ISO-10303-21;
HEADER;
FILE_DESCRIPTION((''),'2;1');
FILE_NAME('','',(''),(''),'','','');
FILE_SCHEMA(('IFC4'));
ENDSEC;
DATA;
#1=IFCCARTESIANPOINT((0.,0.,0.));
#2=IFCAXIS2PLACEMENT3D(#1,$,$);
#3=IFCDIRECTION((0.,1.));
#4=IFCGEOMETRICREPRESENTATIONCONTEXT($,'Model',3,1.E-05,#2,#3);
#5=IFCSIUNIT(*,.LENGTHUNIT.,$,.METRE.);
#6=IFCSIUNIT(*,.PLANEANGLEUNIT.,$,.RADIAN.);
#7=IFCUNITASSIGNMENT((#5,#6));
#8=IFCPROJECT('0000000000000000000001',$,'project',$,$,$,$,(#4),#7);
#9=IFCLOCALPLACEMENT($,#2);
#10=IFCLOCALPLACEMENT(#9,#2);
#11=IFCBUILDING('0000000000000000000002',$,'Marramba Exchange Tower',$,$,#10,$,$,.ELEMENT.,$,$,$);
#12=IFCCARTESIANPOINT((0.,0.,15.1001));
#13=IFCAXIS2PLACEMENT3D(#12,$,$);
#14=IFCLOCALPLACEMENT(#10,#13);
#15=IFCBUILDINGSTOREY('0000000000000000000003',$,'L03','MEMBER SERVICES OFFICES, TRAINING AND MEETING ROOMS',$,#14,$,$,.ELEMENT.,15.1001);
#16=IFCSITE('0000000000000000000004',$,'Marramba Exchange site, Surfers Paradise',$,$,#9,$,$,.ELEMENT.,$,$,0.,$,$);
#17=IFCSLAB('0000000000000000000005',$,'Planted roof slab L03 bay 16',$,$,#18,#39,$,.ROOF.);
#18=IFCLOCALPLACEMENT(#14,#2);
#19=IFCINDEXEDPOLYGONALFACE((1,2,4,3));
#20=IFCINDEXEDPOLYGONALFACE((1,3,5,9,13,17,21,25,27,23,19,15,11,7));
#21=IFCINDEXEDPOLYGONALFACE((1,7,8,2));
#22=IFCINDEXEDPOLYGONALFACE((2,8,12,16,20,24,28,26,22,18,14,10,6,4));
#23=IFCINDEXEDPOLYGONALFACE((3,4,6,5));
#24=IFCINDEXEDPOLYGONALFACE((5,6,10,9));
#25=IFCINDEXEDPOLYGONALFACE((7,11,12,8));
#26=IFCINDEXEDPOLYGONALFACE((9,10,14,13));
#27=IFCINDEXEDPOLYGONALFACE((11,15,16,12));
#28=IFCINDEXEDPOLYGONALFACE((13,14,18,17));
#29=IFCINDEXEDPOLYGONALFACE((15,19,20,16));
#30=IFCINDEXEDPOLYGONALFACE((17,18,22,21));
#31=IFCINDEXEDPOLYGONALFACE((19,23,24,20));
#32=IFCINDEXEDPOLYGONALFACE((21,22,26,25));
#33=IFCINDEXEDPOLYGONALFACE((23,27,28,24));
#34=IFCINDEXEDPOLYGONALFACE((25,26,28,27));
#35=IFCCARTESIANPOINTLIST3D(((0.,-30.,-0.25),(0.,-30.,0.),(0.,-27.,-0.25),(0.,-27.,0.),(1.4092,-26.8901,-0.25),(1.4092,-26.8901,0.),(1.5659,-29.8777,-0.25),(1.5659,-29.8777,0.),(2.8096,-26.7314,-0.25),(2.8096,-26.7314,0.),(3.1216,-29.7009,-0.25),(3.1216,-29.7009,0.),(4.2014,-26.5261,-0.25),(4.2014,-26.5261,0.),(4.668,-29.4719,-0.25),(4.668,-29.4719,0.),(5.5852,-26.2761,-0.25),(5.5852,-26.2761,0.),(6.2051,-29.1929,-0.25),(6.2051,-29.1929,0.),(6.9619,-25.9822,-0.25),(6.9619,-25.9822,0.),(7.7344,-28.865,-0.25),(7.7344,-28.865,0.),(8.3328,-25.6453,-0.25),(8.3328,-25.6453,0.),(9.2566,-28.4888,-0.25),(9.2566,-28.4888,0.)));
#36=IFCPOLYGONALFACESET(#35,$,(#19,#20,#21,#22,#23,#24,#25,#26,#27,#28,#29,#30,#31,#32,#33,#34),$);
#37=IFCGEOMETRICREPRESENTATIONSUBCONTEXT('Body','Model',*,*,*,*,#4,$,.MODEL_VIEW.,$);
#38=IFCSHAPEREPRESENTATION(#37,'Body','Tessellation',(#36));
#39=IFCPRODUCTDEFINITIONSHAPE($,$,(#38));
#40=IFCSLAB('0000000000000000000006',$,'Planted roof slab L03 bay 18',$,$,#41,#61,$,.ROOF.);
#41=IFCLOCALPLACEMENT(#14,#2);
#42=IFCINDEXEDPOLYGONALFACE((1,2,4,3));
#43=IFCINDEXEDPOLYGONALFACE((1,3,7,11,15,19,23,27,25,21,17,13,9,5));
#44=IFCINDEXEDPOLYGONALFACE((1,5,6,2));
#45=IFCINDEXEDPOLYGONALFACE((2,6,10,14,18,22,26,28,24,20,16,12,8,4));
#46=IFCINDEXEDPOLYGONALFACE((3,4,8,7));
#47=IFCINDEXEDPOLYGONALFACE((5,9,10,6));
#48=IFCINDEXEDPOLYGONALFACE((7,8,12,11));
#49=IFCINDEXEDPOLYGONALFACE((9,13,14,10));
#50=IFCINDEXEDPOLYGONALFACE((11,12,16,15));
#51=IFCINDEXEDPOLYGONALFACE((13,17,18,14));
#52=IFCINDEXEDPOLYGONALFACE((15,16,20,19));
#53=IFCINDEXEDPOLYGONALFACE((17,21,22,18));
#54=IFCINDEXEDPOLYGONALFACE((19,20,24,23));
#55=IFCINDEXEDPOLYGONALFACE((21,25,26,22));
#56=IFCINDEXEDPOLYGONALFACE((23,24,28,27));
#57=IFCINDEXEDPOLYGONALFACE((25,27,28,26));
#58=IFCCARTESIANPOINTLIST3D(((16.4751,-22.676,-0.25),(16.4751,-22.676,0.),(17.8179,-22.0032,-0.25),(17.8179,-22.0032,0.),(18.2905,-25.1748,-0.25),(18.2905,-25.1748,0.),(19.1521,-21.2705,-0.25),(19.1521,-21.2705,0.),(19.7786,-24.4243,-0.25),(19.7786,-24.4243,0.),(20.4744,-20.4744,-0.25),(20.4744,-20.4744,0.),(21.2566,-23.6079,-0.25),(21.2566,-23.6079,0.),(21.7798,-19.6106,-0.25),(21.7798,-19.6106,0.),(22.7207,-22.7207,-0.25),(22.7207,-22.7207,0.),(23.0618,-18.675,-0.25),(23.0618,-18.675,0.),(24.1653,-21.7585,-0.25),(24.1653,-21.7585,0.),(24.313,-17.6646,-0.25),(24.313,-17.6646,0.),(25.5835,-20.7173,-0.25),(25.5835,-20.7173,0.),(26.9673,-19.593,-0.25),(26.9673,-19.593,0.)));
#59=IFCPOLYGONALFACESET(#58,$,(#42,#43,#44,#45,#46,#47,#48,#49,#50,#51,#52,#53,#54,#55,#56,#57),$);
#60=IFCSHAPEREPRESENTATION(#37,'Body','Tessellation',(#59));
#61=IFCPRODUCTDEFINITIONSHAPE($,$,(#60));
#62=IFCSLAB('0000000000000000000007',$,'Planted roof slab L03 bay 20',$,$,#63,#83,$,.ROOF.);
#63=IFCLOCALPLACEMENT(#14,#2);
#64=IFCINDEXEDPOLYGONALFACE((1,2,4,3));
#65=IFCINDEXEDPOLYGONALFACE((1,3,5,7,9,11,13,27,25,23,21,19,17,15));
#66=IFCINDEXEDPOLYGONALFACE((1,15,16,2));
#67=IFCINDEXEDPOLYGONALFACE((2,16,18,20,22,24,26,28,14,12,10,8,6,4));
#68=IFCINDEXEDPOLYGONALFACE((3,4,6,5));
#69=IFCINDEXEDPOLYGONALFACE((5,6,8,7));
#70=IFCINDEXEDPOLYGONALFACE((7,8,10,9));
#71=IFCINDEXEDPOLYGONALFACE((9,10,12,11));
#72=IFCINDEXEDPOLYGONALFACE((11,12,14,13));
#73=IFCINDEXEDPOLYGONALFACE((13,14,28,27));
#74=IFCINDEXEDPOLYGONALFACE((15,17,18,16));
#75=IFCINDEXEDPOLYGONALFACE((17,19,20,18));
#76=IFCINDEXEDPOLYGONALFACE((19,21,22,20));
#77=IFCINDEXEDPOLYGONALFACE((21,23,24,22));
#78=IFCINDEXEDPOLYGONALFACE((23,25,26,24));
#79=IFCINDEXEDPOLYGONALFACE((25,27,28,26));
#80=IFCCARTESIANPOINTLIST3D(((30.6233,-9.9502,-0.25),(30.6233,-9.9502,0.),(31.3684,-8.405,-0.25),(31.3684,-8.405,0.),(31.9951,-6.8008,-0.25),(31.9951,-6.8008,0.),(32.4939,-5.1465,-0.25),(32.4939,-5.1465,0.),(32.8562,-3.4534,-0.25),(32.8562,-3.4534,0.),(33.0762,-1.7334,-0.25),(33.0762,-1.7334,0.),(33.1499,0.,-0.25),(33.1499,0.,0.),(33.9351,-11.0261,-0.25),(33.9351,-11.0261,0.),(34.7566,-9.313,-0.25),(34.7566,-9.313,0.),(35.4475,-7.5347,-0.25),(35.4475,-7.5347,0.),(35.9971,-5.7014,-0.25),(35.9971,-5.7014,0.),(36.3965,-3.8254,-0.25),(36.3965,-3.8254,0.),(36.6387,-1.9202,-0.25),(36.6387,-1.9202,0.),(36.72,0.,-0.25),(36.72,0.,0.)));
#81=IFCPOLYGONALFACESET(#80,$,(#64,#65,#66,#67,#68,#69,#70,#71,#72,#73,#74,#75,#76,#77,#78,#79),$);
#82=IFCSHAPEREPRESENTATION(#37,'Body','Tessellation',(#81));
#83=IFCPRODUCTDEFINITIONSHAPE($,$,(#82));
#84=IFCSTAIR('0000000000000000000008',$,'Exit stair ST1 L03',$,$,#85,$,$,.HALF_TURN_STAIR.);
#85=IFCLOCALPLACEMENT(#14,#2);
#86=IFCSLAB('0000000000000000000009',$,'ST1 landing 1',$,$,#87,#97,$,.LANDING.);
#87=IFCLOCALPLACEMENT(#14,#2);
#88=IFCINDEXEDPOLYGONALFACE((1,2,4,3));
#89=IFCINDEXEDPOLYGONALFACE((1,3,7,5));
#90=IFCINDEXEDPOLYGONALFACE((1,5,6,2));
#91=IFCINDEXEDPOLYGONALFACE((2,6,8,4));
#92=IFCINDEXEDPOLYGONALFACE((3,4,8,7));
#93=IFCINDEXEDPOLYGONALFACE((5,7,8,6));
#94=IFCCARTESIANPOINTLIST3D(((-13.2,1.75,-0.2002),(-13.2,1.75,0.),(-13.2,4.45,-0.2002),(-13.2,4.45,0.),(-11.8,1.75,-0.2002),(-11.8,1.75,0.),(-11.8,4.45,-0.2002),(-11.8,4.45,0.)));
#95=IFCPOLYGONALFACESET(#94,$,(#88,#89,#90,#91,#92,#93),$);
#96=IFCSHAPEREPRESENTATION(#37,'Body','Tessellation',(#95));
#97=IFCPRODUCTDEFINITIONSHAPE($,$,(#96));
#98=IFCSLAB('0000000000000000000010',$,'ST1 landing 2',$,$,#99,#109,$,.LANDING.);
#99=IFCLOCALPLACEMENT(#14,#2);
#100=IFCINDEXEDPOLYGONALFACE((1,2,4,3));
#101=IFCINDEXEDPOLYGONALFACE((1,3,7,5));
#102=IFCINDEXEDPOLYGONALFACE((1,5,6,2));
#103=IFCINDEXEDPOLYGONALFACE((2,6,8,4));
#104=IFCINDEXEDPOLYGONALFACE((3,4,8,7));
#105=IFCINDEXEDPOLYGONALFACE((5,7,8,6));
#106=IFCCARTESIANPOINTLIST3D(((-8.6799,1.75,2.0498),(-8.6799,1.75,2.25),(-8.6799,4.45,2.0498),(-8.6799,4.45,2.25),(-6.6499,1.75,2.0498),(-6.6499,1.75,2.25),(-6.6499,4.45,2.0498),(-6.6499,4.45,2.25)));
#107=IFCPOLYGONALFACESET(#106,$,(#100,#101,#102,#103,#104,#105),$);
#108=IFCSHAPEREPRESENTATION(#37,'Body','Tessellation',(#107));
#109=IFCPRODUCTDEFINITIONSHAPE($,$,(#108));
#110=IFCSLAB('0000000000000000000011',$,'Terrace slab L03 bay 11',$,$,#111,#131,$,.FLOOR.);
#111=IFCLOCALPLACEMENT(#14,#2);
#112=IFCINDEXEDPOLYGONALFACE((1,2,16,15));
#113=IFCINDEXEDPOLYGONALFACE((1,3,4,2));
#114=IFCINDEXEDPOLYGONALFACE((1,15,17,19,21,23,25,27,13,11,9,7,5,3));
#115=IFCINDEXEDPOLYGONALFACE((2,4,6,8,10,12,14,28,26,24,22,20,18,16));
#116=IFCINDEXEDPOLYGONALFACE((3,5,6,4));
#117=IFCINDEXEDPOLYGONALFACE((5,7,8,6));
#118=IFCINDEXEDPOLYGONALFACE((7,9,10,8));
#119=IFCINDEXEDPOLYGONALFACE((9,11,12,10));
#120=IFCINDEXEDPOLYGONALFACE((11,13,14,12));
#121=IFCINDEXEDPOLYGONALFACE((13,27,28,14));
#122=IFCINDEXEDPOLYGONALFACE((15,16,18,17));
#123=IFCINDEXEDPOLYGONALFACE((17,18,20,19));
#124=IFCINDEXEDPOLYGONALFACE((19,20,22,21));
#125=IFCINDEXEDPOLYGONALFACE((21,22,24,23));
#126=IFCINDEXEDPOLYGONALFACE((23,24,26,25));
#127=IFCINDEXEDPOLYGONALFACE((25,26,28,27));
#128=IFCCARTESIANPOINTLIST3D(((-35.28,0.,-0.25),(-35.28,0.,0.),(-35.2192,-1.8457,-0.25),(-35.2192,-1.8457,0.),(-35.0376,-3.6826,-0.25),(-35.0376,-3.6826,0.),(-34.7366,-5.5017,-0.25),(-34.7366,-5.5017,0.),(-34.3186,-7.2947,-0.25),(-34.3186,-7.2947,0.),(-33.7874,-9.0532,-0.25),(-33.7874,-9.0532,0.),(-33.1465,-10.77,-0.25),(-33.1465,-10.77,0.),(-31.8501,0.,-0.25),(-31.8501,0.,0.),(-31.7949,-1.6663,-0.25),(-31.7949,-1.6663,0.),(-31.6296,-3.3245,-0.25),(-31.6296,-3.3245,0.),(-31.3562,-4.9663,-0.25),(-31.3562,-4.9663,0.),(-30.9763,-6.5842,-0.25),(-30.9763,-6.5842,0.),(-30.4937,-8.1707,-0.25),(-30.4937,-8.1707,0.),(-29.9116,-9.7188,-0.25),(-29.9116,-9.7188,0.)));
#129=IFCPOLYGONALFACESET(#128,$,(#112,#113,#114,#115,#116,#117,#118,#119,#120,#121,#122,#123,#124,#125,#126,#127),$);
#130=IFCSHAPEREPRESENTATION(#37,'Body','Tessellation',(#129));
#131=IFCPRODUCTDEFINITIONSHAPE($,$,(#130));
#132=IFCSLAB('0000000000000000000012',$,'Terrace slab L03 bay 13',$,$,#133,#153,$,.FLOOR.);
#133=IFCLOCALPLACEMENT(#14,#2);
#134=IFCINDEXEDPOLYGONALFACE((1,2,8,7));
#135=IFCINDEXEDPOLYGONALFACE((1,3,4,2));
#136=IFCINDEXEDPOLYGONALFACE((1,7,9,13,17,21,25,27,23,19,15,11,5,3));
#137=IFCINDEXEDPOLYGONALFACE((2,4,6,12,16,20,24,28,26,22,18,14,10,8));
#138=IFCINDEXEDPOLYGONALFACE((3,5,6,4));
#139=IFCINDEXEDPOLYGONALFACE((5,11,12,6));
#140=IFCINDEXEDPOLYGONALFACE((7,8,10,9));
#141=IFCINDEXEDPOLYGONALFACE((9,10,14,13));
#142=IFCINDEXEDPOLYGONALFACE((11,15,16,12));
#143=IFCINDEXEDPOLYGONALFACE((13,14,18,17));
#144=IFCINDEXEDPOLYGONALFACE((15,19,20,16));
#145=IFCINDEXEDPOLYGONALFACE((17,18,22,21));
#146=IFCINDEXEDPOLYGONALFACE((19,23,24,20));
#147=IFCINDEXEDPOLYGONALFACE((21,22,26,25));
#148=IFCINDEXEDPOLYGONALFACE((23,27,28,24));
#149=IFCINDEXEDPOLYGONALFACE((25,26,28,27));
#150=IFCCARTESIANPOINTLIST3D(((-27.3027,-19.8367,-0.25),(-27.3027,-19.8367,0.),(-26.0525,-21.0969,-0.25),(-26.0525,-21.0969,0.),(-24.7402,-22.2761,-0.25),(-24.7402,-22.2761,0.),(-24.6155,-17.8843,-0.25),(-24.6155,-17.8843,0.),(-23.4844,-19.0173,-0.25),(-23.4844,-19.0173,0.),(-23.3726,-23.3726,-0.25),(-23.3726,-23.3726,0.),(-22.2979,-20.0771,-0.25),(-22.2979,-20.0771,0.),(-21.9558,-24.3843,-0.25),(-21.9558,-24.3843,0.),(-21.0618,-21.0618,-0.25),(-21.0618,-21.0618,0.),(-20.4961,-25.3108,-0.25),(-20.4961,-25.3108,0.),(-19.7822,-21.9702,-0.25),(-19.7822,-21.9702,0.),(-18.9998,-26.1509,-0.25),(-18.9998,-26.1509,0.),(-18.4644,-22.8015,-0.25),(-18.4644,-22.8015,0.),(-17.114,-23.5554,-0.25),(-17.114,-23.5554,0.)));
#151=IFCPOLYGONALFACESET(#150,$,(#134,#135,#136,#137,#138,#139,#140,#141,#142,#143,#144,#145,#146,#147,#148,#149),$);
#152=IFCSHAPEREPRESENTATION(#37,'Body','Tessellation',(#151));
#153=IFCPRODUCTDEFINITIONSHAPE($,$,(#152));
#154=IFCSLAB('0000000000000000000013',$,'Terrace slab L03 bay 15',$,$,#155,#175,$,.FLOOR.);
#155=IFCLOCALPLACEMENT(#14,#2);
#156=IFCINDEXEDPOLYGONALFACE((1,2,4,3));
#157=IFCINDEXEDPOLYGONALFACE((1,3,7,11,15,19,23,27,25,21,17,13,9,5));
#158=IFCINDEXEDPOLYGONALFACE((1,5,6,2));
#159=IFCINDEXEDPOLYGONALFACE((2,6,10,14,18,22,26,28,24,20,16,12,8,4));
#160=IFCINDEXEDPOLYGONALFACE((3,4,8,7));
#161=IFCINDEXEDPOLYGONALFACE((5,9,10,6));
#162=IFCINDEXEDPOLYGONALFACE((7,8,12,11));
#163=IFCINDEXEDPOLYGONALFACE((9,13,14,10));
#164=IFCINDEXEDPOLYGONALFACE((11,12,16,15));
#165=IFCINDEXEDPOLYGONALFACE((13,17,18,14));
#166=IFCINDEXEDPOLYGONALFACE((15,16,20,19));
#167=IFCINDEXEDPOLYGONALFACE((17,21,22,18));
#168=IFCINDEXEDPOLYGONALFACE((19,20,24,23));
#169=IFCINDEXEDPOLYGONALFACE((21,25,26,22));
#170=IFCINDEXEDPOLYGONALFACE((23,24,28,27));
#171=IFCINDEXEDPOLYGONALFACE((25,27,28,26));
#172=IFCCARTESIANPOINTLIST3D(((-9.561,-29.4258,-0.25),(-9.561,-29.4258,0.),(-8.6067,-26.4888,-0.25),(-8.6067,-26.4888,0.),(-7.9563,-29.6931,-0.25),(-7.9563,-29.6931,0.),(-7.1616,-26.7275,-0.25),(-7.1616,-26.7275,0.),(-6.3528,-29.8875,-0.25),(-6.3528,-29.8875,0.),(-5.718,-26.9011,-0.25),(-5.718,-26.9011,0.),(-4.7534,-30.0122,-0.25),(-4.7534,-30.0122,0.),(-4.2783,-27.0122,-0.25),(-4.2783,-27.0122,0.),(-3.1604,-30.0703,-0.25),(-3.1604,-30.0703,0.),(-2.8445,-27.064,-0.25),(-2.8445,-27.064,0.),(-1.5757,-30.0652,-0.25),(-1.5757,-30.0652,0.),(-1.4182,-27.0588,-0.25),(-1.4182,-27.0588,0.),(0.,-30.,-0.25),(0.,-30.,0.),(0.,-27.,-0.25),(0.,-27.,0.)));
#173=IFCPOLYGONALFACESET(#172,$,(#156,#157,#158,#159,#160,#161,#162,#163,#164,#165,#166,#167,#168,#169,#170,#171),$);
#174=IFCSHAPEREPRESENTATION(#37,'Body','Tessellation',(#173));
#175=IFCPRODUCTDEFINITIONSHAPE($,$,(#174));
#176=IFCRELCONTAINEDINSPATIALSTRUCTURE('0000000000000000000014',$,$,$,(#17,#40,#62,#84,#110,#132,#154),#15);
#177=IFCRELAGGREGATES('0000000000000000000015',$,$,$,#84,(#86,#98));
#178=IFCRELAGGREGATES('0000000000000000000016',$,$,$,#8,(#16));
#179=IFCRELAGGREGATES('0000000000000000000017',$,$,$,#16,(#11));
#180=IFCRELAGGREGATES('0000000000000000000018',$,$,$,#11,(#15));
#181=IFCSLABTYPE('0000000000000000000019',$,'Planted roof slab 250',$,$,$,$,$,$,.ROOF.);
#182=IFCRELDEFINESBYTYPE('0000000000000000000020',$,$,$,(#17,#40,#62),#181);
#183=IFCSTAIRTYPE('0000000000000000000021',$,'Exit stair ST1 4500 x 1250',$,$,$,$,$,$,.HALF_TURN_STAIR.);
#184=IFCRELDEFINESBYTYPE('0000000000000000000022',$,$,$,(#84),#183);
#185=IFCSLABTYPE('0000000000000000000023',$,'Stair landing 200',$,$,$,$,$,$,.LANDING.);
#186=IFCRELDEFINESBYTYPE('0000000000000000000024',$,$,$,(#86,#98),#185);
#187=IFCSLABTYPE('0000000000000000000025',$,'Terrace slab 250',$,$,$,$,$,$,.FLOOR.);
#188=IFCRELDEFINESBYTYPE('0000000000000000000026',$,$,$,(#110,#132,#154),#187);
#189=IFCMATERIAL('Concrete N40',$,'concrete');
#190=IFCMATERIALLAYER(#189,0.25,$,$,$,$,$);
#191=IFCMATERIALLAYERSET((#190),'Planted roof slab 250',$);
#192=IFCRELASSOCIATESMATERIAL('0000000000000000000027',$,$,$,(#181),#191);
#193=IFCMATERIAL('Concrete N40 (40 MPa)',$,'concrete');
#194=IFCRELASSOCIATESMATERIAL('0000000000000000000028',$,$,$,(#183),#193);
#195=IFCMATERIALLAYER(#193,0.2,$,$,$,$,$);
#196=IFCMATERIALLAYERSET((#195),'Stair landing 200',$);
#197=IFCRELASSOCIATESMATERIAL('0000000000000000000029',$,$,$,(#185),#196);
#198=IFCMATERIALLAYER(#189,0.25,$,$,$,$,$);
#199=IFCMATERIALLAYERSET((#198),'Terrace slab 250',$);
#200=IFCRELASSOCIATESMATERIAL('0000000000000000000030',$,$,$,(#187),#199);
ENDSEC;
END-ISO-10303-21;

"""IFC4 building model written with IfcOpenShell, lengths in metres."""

from ifc_helpers import new_model, si_unit, direction, frame, origin, place, context, subcontext, project, spatial, polyline, outline, extrude, material, layer, layer_set, type_object, element, aggregate, save


model = new_model("IFC4")

# Units and contexts
model_context = context("Model", 3, precision=1e-05, world=origin(), true_north=direction((0.0, 1.0)))
body_context = subcontext(model_context, "Body", "Model", "MODEL_VIEW")
ifc_project = project(units=[si_unit("LENGTHUNIT", "METRE"), si_unit("PLANEANGLEUNIT", "RADIAN")], contexts=[model_context])

# Site, building, storey
site_placement = place(None, origin())
site = spatial("IfcSite", under=ifc_project, at=site_placement, Name="Marramba Exchange site, Surfers Paradise", CompositionType="ELEMENT", RefElevation=0.0)
building_placement = place(site_placement, origin())
building = spatial("IfcBuilding", under=site, at=building_placement, Name="Marramba Exchange Tower", CompositionType="ELEMENT")
storey_placement = place(building_placement, frame((0.0, 0.0, 15.1001)))
storey = spatial("IfcBuildingStorey", under=building, at=storey_placement, Name="L03", Description="MEMBER SERVICES OFFICES, TRAINING AND MEETING ROOMS", CompositionType="ELEMENT", Elevation=15.1001)

# Slabs
ifc_material_1 = material(Name="Concrete N40", Category="concrete")
ifc_layer_1 = layer(ifc_material_1, 0.25)
ifc_layer_set_1 = layer_set([ifc_layer_1], Name="Planted roof slab 250")
slab_type_1 = type_object("IfcSlabType", Name="Planted roof slab 250", PredefinedType="ROOF", material=ifc_layer_set_1)
slab_1_placement = place(storey_placement, frame((0.0, 0.0, -0.25)))
element("IfcSlab", 1, at=slab_1_placement, inside=storey, type_object=slab_type_1, Name="Planted roof slab L03 bay 16", PredefinedType="ROOF", context=body_context, shape_type="SweptSolid", body=[
    extrude(outline(polyline([(9.2566, -28.4888), (7.7344, -28.865), (6.2051, -29.1929), (4.668, -29.4719), (3.1216, -29.7009), (1.5659, -29.8777), (0.0, -30.0), (0.0, -27.0), (1.4092, -26.8901), (2.8096, -26.7314), (4.2014, -26.5261), (5.5852, -26.2761), (6.9619, -25.9822), (8.3328, -25.6453), (9.2566, -28.4888)])), origin(), (0.0, 0.0, 1.0), 0.25),
])
slab_2_placement = place(storey_placement, frame((0.0, 0.0, -0.25)))
element("IfcSlab", 2, at=slab_2_placement, inside=storey, type_object=slab_type_1, Name="Planted roof slab L03 bay 18", PredefinedType="ROOF", context=body_context, shape_type="SweptSolid", body=[
    extrude(outline(polyline([(26.9673, -19.593), (25.5835, -20.7173), (24.1653, -21.7585), (22.7207, -22.7207), (21.2566, -23.6079), (19.7786, -24.4243), (18.2905, -25.1748), (16.4751, -22.676), (17.8179, -22.0032), (19.1521, -21.2705), (20.4744, -20.4744), (21.7798, -19.6106), (23.0618, -18.675), (24.313, -17.6646), (26.9673, -19.593)])), origin(), (0.0, 0.0, 1.0), 0.25),
])
slab_3_placement = place(storey_placement, frame((0.0, 0.0, -0.25)))
element("IfcSlab", 3, at=slab_3_placement, inside=storey, type_object=slab_type_1, Name="Planted roof slab L03 bay 20", PredefinedType="ROOF", context=body_context, shape_type="SweptSolid", body=[
    extrude(outline(polyline([(36.6387, -1.9202), (36.3965, -3.8254), (35.9971, -5.7014), (35.4475, -7.5347), (34.7566, -9.313), (33.9351, -11.0261), (30.6233, -9.9502), (31.3684, -8.405), (31.9951, -6.8008), (32.4939, -5.1465), (32.8562, -3.4534), (33.0762, -1.7334), (33.1499, 0.0), (36.72, 0.0), (36.6387, -1.9202)])), origin(), (0.0, 0.0, 1.0), 0.25),
])

# Stair, slabs
ifc_material_2 = material(Name="Concrete N40 (40 MPa)", Category="concrete")
stair_type_1 = type_object("IfcStairType", Name="Exit stair ST1 4500 x 1250", PredefinedType="HALF_TURN_STAIR", material=ifc_material_2)
stair_1_placement = place(storey_placement, origin())
stair_1 = element("IfcStair", 4, at=stair_1_placement, inside=storey, type_object=stair_type_1, Name="Exit stair ST1 L03", PredefinedType="HALF_TURN_STAIR")
ifc_layer_2 = layer(ifc_material_2, 0.2)
ifc_layer_set_2 = layer_set([ifc_layer_2], Name="Stair landing 200")
slab_type_2 = type_object("IfcSlabType", Name="Stair landing 200", PredefinedType="LANDING", material=ifc_layer_set_2)
slab_4_placement = place(storey_placement, frame((0.0, 0.0, -0.2002)))
slab_4 = element("IfcSlab", 5, at=slab_4_placement, type_object=slab_type_2, Name="ST1 landing 1", PredefinedType="LANDING", context=body_context, shape_type="SweptSolid", body=[
    extrude(outline(polyline([(-13.2, 1.75), (-11.8, 1.75), (-11.8, 4.45), (-13.2, 4.45), (-13.2, 1.75)])), origin(), (0.0, 0.0, 1.0), 0.2002),
])
slab_5_placement = place(storey_placement, frame((0.0, 0.0, 2.0498)))
slab_5 = element("IfcSlab", 6, at=slab_5_placement, type_object=slab_type_2, Name="ST1 landing 2", PredefinedType="LANDING", context=body_context, shape_type="SweptSolid", body=[
    extrude(outline(polyline([(-8.6799, 1.75), (-6.6499, 1.75), (-6.6499, 4.45), (-8.6799, 4.45), (-8.6799, 1.75)])), origin(), (0.0, 0.0, 1.0), 0.2002),
])
aggregate(stair_1, [slab_4, slab_5])

# Slabs
ifc_layer_3 = layer(ifc_material_1, 0.25)
ifc_layer_set_3 = layer_set([ifc_layer_3], Name="Terrace slab 250")
slab_type_3 = type_object("IfcSlabType", Name="Terrace slab 250", PredefinedType="FLOOR", material=ifc_layer_set_3)
slab_6_placement = place(storey_placement, frame((0.0, 0.0, -0.25)))
element("IfcSlab", 7, at=slab_6_placement, inside=storey, type_object=slab_type_3, Name="Terrace slab L03 bay 11", PredefinedType="FLOOR", context=body_context, shape_type="SweptSolid", body=[
    extrude(outline(polyline([(-33.1465, -10.77), (-33.7874, -9.0532), (-34.3186, -7.2947), (-34.7366, -5.5017), (-35.0376, -3.6826), (-35.2192, -1.8457), (-35.28, 0.0), (-31.8501, 0.0), (-31.7949, -1.6663), (-31.6296, -3.3245), (-31.3562, -4.9663), (-30.9763, -6.5842), (-30.4937, -8.1707), (-29.9116, -9.7188), (-33.1465, -10.77)])), origin(), (0.0, 0.0, 1.0), 0.25),
])
slab_7_placement = place(storey_placement, frame((0.0, 0.0, -0.25)))
element("IfcSlab", 8, at=slab_7_placement, inside=storey, type_object=slab_type_3, Name="Terrace slab L03 bay 13", PredefinedType="FLOOR", context=body_context, shape_type="SweptSolid", body=[
    extrude(outline(polyline([(-20.4961, -25.3108), (-21.9558, -24.3843), (-23.3726, -23.3726), (-24.7402, -22.2761), (-26.0525, -21.0969), (-27.3027, -19.8367), (-24.6155, -17.8843), (-23.4844, -19.0173), (-22.2979, -20.0771), (-21.0618, -21.0618), (-19.7822, -21.9702), (-18.4644, -22.8015), (-17.114, -23.5554), (-18.9998, -26.1509), (-20.4961, -25.3108)])), origin(), (0.0, 0.0, 1.0), 0.25),
])
slab_8_placement = place(storey_placement, frame((0.0, 0.0, -0.25)))
element("IfcSlab", 9, at=slab_8_placement, inside=storey, type_object=slab_type_3, Name="Terrace slab L03 bay 15", PredefinedType="FLOOR", context=body_context, shape_type="SweptSolid", body=[
    extrude(outline(polyline([(-1.5757, -30.0652), (-3.1604, -30.0703), (-4.7534, -30.0122), (-6.3528, -29.8875), (-7.9563, -29.6931), (-9.561, -29.4258), (-8.6067, -26.4888), (-7.1616, -26.7275), (-5.718, -26.9011), (-4.2783, -27.0122), (-2.8445, -27.064), (-1.4182, -27.0588), (0.0, -27.0), (0.0, -30.0), (-1.5757, -30.0652)])), origin(), (0.0, 0.0, 1.0), 0.25),
])

save(model, "model.ifc")
